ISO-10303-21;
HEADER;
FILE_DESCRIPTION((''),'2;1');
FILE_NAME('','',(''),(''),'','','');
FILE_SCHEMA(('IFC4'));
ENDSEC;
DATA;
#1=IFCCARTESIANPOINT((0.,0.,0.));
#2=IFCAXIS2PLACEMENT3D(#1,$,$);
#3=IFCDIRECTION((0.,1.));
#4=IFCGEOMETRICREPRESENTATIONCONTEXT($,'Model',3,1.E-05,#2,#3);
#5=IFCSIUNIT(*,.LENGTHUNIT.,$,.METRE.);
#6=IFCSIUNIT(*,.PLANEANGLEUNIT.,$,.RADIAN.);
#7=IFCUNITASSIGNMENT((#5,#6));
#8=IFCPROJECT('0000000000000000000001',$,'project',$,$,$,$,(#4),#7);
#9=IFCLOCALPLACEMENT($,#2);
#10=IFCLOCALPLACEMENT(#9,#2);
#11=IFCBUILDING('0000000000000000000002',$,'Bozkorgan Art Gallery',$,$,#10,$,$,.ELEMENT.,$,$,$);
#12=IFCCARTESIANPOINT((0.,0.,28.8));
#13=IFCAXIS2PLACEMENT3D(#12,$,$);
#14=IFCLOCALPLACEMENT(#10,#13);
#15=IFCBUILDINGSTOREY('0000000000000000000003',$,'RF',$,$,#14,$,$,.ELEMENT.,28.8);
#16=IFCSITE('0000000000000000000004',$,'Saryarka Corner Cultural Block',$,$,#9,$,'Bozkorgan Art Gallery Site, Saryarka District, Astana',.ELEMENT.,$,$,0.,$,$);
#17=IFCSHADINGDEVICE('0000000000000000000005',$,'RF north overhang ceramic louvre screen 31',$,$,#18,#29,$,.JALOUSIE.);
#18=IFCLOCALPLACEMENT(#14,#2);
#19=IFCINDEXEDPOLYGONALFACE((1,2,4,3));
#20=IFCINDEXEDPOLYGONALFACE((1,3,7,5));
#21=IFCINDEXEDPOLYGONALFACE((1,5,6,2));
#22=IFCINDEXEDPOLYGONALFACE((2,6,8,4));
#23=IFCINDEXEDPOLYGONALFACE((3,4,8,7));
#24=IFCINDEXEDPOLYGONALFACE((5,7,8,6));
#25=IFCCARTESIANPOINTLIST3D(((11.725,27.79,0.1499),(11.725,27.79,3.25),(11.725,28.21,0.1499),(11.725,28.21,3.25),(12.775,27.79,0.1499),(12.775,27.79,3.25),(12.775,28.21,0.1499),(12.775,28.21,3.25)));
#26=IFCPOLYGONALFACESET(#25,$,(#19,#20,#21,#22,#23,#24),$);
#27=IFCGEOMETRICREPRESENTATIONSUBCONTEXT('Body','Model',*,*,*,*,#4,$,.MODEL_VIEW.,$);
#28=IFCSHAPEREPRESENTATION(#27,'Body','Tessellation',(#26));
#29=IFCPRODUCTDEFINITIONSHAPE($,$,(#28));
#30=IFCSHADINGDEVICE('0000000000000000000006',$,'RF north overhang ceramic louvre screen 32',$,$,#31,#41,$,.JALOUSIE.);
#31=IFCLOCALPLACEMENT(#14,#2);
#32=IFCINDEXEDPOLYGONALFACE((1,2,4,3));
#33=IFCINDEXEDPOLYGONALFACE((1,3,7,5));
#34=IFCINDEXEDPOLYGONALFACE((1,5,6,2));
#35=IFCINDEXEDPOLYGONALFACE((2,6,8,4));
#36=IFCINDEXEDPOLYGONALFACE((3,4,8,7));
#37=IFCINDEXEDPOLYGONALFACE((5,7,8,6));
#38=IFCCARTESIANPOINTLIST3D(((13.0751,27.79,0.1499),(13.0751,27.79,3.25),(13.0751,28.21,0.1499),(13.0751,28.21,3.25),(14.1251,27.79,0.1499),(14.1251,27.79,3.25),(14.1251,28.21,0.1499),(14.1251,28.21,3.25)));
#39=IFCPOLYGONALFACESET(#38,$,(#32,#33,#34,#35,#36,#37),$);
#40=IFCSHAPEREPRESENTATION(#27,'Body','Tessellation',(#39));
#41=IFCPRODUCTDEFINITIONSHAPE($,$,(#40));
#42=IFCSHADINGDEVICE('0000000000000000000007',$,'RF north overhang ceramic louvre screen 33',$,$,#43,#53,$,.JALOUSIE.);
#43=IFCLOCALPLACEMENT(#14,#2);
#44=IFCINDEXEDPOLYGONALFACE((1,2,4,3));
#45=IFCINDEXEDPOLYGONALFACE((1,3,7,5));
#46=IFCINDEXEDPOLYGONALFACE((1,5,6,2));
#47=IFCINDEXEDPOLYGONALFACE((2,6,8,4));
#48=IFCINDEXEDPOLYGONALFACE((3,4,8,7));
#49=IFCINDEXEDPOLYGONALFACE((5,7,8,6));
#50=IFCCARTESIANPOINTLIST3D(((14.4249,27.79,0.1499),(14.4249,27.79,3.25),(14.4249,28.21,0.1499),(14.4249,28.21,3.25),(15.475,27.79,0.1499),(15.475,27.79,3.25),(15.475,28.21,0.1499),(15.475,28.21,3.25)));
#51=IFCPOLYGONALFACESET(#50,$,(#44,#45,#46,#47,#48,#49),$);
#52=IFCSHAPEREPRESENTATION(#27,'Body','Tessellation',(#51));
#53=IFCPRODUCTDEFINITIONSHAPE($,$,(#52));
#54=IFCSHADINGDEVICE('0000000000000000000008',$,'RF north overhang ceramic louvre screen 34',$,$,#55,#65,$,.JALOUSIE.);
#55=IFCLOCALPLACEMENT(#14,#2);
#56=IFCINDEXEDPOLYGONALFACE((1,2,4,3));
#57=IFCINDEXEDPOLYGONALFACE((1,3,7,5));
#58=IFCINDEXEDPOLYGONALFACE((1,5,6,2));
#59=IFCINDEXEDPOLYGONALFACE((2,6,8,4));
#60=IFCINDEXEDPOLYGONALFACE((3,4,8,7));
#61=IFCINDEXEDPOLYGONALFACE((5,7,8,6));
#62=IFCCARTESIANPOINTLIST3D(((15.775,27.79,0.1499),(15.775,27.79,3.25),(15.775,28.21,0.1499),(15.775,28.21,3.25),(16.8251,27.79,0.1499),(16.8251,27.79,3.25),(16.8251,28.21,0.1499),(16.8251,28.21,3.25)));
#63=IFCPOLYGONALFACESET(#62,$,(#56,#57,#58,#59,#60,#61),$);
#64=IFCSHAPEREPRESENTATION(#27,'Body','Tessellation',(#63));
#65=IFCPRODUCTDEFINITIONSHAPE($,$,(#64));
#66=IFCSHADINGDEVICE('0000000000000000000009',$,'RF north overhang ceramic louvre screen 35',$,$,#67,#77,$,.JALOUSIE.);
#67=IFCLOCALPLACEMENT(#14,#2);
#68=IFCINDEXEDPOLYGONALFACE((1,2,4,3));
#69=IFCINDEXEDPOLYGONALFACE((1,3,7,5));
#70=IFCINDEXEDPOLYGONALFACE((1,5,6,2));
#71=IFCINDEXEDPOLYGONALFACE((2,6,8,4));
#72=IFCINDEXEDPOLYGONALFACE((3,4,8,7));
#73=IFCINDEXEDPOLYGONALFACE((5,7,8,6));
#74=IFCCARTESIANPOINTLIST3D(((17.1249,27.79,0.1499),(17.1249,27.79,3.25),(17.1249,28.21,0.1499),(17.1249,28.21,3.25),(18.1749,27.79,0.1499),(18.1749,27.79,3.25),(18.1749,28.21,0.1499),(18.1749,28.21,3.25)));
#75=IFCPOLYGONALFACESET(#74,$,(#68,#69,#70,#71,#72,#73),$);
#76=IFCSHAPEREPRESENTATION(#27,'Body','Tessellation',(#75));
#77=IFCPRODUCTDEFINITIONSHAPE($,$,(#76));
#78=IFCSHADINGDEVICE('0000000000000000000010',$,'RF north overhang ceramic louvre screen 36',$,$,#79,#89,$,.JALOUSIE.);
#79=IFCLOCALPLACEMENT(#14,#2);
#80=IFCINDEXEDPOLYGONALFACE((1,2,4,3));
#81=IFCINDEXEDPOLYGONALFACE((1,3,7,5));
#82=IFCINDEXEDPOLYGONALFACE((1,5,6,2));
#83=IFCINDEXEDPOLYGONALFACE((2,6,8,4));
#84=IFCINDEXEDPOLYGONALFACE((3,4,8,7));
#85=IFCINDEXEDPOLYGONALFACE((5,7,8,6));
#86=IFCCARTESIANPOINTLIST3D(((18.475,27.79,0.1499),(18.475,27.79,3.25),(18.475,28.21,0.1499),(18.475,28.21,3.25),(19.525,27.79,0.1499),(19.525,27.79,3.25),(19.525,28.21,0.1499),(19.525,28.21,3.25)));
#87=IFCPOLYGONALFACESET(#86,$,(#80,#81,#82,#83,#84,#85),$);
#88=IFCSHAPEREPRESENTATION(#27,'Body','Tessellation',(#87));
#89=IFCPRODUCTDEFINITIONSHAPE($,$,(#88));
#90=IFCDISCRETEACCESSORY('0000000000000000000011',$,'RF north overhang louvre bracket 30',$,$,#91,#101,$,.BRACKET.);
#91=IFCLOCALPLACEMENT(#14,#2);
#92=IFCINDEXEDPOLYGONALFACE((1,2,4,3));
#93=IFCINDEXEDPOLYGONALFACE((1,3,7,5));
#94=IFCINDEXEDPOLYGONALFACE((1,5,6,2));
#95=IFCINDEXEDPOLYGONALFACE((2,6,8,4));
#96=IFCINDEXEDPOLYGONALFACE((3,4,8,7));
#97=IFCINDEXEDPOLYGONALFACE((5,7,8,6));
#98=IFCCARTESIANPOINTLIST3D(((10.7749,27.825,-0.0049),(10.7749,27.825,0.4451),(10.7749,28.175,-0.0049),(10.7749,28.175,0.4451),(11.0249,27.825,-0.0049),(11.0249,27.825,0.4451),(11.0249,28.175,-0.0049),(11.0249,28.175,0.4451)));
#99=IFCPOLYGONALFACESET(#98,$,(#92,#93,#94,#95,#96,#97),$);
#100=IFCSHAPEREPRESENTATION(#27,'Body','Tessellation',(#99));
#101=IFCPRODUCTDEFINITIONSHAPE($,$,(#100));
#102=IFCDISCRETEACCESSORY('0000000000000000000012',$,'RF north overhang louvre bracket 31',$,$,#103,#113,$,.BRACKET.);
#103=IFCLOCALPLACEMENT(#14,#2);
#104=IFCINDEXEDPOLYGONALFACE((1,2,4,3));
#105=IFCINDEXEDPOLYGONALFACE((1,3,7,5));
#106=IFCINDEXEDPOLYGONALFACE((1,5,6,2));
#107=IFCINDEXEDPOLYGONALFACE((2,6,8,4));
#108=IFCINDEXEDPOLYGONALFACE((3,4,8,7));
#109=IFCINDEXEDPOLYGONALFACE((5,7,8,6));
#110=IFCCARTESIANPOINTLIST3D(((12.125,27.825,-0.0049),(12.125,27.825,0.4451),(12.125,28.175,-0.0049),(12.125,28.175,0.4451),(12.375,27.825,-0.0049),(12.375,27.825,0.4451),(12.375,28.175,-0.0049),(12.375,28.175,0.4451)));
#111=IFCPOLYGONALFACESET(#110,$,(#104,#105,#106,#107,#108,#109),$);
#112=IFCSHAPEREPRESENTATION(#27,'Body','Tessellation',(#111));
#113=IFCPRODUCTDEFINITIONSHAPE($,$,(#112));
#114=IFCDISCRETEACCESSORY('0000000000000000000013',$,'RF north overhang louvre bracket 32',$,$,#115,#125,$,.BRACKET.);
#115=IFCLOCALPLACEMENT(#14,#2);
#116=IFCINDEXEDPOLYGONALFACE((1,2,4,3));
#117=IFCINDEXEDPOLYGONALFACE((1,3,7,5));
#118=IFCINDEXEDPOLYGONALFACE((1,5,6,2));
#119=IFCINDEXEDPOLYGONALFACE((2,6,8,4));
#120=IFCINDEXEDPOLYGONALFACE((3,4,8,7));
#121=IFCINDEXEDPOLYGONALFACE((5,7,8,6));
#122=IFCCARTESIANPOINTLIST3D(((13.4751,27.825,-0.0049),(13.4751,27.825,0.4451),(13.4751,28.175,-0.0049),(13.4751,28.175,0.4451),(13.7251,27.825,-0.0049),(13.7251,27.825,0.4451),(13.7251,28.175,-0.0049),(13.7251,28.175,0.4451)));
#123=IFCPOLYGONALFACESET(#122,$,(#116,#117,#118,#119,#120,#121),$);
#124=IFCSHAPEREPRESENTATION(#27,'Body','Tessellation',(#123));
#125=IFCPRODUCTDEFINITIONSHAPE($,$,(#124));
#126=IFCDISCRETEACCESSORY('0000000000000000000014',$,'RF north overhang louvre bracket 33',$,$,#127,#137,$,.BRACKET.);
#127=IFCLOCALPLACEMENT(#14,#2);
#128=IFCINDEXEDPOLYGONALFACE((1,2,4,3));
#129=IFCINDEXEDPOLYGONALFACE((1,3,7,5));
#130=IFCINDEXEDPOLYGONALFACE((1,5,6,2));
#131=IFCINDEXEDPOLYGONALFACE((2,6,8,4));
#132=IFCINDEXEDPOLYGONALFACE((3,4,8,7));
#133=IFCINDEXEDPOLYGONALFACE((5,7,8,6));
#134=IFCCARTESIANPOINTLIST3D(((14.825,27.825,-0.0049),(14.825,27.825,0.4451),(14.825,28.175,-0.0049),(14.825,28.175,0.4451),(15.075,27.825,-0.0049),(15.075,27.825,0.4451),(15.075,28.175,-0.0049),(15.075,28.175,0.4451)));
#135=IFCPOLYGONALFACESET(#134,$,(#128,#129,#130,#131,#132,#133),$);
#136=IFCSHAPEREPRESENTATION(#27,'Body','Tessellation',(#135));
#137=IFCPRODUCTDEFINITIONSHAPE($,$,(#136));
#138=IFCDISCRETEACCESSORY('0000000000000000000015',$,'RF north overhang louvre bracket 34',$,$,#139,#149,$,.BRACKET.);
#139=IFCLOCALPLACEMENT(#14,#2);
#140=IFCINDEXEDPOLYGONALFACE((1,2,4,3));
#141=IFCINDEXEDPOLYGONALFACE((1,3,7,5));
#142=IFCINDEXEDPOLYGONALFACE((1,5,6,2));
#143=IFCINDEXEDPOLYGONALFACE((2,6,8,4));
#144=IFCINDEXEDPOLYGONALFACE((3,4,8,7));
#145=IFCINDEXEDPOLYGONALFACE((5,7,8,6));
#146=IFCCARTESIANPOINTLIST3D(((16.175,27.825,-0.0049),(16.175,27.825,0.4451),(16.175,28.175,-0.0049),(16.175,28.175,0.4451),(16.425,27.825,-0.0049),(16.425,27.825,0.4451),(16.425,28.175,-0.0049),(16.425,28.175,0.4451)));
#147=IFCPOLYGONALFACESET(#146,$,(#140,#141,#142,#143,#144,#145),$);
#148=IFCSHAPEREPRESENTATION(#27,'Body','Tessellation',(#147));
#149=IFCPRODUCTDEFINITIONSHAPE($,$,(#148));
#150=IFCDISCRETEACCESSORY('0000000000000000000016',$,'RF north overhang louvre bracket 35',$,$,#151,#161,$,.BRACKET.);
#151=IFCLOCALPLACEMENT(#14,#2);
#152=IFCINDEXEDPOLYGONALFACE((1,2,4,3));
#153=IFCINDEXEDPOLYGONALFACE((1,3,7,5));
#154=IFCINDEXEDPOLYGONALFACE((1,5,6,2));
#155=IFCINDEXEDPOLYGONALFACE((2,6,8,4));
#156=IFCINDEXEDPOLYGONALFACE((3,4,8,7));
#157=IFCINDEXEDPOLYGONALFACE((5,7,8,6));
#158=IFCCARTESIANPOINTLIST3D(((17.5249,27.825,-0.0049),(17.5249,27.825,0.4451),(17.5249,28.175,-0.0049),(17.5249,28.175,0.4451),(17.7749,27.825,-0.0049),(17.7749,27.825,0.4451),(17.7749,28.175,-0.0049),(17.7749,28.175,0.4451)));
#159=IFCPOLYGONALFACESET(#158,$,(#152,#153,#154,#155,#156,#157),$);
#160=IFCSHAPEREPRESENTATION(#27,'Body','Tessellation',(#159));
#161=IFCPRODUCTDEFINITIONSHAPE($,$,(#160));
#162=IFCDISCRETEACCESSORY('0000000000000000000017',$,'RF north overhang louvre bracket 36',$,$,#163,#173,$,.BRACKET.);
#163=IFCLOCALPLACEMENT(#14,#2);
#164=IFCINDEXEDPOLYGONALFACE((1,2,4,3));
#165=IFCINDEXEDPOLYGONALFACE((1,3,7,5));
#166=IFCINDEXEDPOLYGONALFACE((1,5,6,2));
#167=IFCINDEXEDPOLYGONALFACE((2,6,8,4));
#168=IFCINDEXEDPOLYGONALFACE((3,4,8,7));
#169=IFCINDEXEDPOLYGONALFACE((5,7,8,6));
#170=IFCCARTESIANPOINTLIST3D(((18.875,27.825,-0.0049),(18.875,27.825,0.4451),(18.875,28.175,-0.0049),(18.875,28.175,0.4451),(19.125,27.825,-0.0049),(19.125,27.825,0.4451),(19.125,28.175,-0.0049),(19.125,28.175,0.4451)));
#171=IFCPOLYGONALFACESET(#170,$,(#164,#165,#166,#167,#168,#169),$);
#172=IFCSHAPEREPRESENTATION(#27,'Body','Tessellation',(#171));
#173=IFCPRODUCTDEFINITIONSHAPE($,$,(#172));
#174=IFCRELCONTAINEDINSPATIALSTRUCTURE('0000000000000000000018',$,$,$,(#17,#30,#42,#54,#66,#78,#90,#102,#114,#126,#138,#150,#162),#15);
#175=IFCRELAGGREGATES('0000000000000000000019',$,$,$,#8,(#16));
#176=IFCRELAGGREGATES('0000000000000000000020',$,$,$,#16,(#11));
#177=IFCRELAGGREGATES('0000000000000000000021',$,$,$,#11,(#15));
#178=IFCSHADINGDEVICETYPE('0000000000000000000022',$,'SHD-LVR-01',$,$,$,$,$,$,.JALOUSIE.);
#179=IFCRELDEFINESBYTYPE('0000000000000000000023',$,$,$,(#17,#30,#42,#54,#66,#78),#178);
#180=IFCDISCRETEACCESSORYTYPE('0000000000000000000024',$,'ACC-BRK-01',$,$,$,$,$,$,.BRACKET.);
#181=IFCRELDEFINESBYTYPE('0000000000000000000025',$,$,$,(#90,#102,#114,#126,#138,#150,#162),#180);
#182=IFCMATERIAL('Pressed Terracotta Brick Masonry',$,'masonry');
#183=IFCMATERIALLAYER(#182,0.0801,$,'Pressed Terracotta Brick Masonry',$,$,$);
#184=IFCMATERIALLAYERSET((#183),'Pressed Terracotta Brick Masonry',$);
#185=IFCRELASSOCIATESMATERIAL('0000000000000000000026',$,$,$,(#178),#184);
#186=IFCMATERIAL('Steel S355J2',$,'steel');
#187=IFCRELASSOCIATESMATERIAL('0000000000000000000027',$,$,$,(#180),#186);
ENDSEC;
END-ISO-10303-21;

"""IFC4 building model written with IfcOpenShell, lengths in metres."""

from ifc_helpers import new_model, si_unit, direction, frame, origin, origin_2d, place, context, subcontext, project, spatial, rectangle, extrude, material, layer, layer_set, type_object, element, save


model = new_model("IFC4")

# Units and contexts
model_context = context("Model", 3, precision=1e-05, world=origin(), true_north=direction((0.0, 1.0)))
body_context = subcontext(model_context, "Body", "Model", "MODEL_VIEW")
ifc_project = project(units=[si_unit("LENGTHUNIT", "METRE"), si_unit("PLANEANGLEUNIT", "RADIAN")], contexts=[model_context])

# Site, building, storey
site_placement = place(None, origin())
site = spatial("IfcSite", under=ifc_project, at=site_placement, Name="Saryarka Corner Cultural Block", LongName="Bozkorgan Art Gallery Site, Saryarka District, Astana", CompositionType="ELEMENT", RefElevation=0.0)
building_placement = place(site_placement, origin())
building = spatial("IfcBuilding", under=site, at=building_placement, Name="Bozkorgan Art Gallery", CompositionType="ELEMENT")
storey_placement = place(building_placement, frame((0.0, 0.0, 28.8)))
storey = spatial("IfcBuildingStorey", under=building, at=storey_placement, Name="RF", CompositionType="ELEMENT", Elevation=28.8)

# Shared definitions
ifc_material_1 = material(Name="Steel S355J2", Category="steel")

# Shading devices
ifc_material_2 = material(Name="Pressed Terracotta Brick Masonry", Category="masonry")
ifc_layer_1 = layer(ifc_material_2, 0.0801, Name="Pressed Terracotta Brick Masonry")
ifc_layer_set_1 = layer_set([ifc_layer_1], Name="Pressed Terracotta Brick Masonry")
shading_device_type = type_object("IfcShadingDeviceType", Name="SHD-LVR-01", PredefinedType="JALOUSIE", material=ifc_layer_set_1)
for number, where, z_axis, x_axis, name in (
    (1, (12.25, 28.0, 0.1499), (0.0, 0.0, 1.0), (1.0, 0.0, 0.0), "RF north overhang ceramic louvre screen 31"),
    (2, (13.6001, 28.0, 0.1499), (0.0, 0.0, 1.0), (1.0, 0.0, 0.0), "RF north overhang ceramic louvre screen 32"),
    (3, (14.95, 28.0, 0.1499), (0.0, 0.0, 1.0), (1.0, 0.0, 0.0), "RF north overhang ceramic louvre screen 33"),
    (4, (16.3, 28.0, 0.1499), (0.0, 0.0, 1.0), (1.0, 0.0, 0.0), "RF north overhang ceramic louvre screen 34"),
    (5, (17.6499, 28.0, 0.1499), (0.0, 0.0, 1.0), (1.0, 0.0, 0.0), "RF north overhang ceramic louvre screen 35"),
    (6, (19.0, 28.0, 0.1499), (0.0, 0.0, 1.0), (1.0, 0.0, 0.0), "RF north overhang ceramic louvre screen 36"),
):
    element("IfcShadingDevice", number, at=place(storey_placement, frame(where, z_axis=z_axis, x_axis=x_axis)), inside=storey, type_object=shading_device_type, Name=name, PredefinedType="JALOUSIE", context=body_context, shape_type="SweptSolid", body=[
        extrude(rectangle(XDim=1.05, YDim=0.4199, at=origin_2d()), origin(), (0.0, 0.0, 1.0), 3.1001),
    ])

# Discrete accessories
discrete_accessory_type = type_object("IfcDiscreteAccessoryType", Name="ACC-BRK-01", PredefinedType="BRACKET", material=ifc_material_1)
for number, where, z_axis, x_axis, name in (
    (7, (10.8999, 28.0, -0.0049), (0.0, 0.0, 1.0), (1.0, 0.0, 0.0), "RF north overhang louvre bracket 30"),
    (8, (12.25, 28.0, -0.0049), (0.0, 0.0, 1.0), (1.0, 0.0, 0.0), "RF north overhang louvre bracket 31"),
    (9, (13.6001, 28.0, -0.0049), (0.0, 0.0, 1.0), (1.0, 0.0, 0.0), "RF north overhang louvre bracket 32"),
    (10, (14.95, 28.0, -0.0049), (0.0, 0.0, 1.0), (1.0, 0.0, 0.0), "RF north overhang louvre bracket 33"),
    (11, (16.3, 28.0, -0.0049), (0.0, 0.0, 1.0), (1.0, 0.0, 0.0), "RF north overhang louvre bracket 34"),
    (12, (17.6499, 28.0, -0.0049), (0.0, 0.0, 1.0), (1.0, 0.0, 0.0), "RF north overhang louvre bracket 35"),
    (13, (19.0, 28.0, -0.0049), (0.0, 0.0, 1.0), (1.0, 0.0, 0.0), "RF north overhang louvre bracket 36"),
):
    element("IfcDiscreteAccessory", number, at=place(storey_placement, frame(where, z_axis=z_axis, x_axis=x_axis)), inside=storey, type_object=discrete_accessory_type, Name=name, PredefinedType="BRACKET", context=body_context, shape_type="SweptSolid", body=[
        extrude(rectangle(XDim=0.25, YDim=0.3501, at=origin_2d()), origin(), (0.0, 0.0, 1.0), 0.45),
    ])

save(model, "model.ifc")
